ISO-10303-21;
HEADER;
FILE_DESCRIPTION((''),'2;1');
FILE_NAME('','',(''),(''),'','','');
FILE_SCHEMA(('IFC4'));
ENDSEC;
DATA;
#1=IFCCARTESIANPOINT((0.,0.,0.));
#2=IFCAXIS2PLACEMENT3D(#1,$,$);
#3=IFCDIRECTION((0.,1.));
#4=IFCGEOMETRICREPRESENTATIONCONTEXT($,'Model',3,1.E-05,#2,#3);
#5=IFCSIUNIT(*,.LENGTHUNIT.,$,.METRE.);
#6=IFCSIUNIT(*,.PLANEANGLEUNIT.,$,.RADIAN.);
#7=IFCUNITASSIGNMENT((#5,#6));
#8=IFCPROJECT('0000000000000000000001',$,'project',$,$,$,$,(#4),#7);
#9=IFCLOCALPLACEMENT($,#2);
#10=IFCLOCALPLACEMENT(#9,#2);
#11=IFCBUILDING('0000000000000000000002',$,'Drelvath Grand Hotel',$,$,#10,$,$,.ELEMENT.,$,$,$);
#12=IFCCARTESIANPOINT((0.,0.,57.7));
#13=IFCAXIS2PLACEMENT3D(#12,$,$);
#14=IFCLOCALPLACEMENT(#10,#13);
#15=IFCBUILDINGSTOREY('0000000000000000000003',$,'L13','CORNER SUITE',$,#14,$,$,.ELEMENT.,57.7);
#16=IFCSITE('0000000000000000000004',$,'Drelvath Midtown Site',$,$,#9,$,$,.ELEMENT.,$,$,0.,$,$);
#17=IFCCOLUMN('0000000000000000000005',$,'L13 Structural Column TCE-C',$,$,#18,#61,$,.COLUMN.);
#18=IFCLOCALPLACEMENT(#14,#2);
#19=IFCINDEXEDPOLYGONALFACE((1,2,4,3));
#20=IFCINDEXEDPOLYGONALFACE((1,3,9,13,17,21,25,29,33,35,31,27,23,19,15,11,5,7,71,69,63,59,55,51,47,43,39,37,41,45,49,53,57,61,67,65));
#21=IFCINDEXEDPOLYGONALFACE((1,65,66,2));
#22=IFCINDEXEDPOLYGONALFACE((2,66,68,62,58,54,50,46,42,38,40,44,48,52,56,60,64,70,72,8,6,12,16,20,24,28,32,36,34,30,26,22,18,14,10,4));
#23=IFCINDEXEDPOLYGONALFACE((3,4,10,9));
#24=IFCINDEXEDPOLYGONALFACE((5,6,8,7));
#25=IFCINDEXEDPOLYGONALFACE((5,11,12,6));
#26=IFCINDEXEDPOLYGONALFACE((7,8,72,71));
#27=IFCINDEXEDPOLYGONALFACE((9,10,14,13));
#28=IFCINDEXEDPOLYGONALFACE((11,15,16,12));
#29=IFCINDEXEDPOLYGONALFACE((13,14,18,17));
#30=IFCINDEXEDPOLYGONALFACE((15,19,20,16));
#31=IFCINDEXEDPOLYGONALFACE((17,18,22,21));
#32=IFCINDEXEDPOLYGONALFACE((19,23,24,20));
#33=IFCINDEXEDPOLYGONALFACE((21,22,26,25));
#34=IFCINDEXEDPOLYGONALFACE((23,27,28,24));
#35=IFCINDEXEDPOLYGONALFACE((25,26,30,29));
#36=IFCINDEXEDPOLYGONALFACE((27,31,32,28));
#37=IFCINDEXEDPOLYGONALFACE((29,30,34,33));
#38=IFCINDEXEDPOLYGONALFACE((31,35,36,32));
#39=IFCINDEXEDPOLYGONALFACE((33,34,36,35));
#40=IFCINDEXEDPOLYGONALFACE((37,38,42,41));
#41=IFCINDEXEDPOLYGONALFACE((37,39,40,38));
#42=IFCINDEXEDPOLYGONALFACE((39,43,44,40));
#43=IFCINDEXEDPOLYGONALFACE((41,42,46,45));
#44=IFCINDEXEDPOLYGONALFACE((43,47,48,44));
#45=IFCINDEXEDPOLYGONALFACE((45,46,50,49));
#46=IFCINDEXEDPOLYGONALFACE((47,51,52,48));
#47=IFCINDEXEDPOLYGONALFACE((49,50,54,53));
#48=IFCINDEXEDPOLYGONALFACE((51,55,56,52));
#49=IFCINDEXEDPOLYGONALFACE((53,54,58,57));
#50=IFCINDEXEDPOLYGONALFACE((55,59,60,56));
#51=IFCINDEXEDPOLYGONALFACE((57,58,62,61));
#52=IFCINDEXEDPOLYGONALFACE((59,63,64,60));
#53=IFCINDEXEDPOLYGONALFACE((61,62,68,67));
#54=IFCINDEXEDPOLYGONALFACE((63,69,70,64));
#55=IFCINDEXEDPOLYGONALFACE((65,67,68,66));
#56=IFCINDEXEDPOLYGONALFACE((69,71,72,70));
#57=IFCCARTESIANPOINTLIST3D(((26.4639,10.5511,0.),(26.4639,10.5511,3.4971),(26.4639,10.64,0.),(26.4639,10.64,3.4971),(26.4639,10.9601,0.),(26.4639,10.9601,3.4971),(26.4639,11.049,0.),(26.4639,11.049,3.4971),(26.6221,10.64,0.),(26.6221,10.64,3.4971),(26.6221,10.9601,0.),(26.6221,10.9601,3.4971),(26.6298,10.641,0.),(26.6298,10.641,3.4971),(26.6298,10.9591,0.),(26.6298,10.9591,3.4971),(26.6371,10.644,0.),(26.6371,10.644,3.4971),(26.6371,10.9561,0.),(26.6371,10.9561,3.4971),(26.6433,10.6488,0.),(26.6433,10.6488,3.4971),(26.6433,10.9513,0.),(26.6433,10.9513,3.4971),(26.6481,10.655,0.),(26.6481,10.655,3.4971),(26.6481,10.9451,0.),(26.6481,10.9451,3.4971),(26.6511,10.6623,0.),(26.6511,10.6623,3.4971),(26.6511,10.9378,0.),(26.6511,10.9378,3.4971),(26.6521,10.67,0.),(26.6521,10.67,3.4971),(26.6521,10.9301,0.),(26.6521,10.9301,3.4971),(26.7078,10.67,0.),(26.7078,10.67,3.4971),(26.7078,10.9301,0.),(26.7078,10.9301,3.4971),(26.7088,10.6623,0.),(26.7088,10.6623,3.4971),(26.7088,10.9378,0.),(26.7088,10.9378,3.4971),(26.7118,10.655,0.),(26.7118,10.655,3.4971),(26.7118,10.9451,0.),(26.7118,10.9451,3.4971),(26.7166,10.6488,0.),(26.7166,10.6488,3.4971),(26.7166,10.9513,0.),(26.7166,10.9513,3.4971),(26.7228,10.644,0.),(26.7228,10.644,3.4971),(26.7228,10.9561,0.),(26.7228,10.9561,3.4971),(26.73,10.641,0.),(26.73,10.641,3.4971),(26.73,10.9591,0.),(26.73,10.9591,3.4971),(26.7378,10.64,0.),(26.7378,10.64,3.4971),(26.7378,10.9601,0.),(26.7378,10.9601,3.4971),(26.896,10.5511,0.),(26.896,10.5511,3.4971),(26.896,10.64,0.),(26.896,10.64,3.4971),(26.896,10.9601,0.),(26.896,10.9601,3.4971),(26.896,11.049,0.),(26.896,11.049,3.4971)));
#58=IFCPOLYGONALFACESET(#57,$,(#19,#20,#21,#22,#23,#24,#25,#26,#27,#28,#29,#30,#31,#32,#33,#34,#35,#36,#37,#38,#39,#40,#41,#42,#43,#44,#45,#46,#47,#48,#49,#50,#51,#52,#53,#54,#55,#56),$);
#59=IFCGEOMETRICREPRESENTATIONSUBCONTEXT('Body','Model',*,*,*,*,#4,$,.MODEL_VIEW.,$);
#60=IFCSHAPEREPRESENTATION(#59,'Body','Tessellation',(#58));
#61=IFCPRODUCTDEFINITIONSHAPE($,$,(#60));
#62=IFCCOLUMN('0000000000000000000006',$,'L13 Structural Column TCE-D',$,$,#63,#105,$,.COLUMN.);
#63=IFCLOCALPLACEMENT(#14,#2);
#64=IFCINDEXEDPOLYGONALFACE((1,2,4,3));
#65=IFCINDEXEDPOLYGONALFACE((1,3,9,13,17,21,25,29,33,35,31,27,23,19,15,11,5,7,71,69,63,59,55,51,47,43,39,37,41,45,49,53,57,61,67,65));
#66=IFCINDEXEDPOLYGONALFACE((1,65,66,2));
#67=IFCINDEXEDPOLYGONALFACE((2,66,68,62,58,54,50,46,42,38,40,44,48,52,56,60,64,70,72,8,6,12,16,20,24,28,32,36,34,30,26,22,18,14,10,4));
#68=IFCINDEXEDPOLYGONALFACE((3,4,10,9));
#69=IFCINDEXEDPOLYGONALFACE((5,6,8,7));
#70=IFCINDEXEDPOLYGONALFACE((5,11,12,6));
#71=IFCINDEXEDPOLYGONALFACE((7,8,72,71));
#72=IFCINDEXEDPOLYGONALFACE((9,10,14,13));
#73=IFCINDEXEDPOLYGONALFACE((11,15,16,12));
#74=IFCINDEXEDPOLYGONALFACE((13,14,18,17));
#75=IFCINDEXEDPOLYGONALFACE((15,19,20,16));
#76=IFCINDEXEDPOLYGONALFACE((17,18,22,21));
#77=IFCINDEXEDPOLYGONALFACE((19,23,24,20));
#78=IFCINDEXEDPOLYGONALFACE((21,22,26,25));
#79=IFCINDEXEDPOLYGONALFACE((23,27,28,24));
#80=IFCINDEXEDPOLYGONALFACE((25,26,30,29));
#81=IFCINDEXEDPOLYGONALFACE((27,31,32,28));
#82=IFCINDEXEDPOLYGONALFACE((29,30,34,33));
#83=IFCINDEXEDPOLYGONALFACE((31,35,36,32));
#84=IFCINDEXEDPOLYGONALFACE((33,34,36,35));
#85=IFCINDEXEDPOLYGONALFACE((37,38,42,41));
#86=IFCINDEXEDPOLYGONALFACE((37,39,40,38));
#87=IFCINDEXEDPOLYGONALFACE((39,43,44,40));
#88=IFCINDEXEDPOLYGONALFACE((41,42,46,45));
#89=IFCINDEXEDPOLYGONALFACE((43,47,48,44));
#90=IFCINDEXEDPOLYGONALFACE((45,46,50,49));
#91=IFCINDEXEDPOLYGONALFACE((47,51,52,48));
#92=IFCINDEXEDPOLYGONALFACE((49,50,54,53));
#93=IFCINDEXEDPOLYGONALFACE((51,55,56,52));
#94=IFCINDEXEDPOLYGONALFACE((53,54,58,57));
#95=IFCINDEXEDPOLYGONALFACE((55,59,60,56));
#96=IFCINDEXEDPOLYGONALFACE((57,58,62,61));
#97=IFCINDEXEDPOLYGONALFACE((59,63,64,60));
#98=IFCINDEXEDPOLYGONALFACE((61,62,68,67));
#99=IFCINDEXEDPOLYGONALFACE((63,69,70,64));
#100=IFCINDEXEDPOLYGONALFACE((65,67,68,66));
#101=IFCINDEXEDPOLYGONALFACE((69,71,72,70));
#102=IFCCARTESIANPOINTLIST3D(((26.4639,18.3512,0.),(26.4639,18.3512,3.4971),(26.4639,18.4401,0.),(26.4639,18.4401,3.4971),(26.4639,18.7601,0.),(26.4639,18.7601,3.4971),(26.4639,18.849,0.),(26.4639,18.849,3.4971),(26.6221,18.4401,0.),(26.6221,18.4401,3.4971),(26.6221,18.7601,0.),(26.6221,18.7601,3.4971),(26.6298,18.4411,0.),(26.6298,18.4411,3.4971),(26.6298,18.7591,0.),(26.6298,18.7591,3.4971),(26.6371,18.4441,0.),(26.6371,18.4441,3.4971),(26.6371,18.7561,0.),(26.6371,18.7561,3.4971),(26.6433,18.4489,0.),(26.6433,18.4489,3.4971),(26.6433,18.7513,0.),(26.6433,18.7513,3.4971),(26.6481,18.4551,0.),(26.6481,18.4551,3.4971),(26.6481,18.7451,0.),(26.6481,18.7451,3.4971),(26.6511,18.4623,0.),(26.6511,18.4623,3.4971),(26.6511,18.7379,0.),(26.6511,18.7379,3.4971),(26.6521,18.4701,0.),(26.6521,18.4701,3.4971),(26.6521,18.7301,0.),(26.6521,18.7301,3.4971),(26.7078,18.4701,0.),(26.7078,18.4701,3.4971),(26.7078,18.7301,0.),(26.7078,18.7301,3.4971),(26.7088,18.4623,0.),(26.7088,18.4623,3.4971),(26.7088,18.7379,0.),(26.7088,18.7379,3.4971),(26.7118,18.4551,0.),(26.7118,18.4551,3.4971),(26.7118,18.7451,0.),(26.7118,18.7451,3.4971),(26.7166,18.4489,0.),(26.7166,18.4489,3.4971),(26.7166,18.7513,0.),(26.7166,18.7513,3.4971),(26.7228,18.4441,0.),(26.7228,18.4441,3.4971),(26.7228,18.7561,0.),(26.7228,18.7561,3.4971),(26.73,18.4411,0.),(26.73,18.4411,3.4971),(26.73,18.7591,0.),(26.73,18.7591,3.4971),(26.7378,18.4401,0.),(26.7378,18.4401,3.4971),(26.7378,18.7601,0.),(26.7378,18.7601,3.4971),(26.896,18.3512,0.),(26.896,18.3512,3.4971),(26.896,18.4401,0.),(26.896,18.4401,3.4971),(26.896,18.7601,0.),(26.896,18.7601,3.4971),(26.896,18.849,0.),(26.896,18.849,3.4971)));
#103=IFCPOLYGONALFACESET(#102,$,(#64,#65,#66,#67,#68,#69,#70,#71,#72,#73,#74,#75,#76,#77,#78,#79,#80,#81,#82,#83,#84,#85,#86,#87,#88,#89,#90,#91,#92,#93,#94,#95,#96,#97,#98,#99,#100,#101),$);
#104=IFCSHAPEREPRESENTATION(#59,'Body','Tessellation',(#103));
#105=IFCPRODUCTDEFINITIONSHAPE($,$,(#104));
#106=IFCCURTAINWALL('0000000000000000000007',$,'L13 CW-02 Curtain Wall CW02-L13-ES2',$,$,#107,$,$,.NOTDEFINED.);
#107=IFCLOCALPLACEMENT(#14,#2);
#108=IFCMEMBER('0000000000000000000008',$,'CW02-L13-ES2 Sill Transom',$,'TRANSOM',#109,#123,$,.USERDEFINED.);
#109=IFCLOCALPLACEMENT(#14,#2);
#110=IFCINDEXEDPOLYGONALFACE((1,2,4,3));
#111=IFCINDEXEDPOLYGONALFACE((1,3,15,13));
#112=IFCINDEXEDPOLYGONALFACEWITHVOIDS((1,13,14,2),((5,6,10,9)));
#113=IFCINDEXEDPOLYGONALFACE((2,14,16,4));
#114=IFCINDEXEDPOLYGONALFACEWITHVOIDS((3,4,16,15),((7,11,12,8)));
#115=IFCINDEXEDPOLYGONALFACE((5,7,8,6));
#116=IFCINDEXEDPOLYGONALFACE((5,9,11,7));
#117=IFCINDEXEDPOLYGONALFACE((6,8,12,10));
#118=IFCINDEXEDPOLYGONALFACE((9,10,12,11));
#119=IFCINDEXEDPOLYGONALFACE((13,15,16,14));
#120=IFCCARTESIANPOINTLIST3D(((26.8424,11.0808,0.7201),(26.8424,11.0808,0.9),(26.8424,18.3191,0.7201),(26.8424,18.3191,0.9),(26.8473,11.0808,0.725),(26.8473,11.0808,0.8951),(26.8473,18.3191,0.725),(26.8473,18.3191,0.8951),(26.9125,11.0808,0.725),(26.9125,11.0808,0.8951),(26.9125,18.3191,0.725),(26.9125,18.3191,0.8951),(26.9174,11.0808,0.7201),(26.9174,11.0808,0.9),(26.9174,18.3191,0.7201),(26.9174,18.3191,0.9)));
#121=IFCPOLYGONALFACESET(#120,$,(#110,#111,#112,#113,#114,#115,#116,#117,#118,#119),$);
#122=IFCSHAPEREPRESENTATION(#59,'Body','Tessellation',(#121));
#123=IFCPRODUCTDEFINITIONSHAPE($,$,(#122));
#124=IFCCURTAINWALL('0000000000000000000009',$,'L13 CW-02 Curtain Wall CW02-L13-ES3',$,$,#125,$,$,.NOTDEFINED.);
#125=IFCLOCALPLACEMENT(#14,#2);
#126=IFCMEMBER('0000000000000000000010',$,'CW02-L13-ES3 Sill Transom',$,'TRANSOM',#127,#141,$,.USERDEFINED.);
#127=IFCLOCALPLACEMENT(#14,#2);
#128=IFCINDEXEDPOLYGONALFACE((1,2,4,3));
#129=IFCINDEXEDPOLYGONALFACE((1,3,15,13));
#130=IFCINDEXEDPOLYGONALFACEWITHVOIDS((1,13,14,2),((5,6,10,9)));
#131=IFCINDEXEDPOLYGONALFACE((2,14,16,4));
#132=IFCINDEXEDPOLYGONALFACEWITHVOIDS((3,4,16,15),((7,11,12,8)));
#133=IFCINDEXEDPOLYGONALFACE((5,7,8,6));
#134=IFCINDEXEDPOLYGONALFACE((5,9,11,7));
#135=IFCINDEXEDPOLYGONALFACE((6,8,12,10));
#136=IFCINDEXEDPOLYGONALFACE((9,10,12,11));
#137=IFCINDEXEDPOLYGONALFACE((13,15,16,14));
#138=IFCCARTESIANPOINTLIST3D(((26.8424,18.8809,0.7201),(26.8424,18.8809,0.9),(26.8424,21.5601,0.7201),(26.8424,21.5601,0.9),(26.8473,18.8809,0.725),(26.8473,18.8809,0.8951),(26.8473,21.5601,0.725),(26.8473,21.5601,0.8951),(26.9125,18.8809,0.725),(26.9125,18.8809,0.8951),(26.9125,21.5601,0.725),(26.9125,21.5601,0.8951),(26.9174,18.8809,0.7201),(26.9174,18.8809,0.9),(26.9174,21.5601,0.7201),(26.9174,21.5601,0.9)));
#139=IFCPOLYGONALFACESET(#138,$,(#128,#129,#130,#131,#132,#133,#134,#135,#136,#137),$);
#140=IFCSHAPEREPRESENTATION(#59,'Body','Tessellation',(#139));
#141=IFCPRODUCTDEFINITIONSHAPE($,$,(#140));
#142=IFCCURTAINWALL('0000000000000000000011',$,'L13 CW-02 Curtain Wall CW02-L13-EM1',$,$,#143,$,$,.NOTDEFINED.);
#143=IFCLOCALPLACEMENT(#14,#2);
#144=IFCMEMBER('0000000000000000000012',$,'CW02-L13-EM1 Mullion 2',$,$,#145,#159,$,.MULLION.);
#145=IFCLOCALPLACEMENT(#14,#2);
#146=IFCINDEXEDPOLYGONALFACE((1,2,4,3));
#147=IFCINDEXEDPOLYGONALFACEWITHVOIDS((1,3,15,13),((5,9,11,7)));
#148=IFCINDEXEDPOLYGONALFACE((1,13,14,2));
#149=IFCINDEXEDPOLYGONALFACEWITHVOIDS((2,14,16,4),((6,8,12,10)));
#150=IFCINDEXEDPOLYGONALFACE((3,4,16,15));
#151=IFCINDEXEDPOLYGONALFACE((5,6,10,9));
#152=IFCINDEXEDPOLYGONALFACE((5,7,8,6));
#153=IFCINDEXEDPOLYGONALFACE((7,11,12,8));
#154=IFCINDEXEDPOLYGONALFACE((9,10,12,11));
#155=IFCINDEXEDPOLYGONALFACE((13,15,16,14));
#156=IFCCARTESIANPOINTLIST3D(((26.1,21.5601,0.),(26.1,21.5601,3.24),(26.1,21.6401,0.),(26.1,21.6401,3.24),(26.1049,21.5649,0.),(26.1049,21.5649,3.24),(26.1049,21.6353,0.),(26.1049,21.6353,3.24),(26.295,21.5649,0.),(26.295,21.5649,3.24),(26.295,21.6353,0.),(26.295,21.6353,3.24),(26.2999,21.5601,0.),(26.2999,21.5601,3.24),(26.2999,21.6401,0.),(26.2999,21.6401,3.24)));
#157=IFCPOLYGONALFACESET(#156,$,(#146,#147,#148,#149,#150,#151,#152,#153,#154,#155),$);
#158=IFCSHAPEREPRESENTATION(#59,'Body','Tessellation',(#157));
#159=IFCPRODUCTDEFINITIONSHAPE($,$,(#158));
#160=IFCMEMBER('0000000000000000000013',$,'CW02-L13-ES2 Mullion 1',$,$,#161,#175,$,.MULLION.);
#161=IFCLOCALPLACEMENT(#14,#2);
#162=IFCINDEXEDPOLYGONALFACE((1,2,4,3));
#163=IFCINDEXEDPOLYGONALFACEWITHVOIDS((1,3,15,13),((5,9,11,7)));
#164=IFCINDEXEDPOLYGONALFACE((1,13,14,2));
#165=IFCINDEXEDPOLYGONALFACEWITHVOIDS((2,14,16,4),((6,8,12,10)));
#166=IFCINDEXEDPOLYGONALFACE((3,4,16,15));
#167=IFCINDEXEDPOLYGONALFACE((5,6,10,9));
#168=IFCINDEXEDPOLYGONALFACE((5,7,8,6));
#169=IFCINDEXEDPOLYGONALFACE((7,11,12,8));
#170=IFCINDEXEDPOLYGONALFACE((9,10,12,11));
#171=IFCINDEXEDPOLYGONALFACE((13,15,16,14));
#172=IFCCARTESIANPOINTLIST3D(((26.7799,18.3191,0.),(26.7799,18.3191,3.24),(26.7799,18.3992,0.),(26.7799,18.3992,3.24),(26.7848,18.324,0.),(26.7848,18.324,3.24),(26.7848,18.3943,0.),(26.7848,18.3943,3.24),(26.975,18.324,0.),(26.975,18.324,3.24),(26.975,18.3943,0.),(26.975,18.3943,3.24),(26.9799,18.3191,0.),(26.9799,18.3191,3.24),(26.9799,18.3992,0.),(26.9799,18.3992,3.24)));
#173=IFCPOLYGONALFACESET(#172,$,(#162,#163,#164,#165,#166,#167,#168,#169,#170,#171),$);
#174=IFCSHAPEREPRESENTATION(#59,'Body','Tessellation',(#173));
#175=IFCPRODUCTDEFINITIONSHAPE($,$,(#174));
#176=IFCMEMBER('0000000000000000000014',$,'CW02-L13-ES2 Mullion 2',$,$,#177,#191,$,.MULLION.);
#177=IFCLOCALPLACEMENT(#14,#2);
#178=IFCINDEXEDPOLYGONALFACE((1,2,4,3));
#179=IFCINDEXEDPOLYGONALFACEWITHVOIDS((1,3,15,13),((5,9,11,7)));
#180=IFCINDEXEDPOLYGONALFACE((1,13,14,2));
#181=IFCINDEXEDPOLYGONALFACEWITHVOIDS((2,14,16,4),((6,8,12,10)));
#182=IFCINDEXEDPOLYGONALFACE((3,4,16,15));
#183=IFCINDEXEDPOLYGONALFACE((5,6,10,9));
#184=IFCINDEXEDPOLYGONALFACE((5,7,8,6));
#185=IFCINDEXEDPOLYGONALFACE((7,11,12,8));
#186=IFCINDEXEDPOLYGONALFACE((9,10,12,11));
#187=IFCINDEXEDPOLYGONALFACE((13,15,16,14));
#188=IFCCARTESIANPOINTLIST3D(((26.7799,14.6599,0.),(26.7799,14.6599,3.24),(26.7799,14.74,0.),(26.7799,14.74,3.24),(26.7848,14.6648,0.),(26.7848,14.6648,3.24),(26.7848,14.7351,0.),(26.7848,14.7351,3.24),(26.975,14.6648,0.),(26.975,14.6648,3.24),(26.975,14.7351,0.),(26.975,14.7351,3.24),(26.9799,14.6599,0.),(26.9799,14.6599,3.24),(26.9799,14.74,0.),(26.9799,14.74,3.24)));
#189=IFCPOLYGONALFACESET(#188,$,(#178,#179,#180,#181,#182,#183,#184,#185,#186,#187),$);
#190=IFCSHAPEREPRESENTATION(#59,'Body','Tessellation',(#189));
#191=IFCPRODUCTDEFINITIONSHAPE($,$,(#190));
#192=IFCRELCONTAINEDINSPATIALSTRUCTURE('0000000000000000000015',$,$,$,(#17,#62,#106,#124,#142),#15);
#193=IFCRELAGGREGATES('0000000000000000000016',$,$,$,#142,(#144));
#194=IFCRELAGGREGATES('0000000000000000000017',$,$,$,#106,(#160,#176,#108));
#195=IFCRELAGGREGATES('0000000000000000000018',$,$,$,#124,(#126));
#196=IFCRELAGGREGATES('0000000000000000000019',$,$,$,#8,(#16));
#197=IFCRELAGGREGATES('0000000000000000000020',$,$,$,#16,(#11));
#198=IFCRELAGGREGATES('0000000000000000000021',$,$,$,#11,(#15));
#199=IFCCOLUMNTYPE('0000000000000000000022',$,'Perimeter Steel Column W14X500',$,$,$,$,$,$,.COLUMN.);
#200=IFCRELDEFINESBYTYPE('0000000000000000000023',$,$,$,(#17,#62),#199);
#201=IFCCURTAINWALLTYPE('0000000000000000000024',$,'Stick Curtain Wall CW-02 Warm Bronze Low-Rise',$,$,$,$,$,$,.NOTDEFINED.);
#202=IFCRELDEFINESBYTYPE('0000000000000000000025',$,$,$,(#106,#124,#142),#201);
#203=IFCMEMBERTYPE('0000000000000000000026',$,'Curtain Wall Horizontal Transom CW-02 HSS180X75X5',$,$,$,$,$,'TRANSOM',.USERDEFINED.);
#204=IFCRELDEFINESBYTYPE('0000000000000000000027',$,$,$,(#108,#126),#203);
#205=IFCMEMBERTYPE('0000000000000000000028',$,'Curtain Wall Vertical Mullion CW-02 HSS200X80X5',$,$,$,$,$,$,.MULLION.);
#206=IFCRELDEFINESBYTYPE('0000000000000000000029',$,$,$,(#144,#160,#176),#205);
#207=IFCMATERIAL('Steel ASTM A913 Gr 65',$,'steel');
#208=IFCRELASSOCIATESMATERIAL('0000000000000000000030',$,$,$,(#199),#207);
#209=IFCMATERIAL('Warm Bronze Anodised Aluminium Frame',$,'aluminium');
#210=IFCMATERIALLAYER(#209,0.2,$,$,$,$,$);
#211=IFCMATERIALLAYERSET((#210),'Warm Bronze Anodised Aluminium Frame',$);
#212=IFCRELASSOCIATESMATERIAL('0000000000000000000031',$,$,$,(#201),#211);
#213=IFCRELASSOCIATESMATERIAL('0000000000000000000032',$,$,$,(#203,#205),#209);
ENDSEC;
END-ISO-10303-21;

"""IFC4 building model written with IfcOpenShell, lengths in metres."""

from ifc_helpers import new_model, si_unit, direction, frame, origin, origin_2d, place, context, subcontext, project, spatial, hollow_rectangle, i_section, extrude, material, layer, layer_set, material_profile, profile_set, type_object, element, aggregate, save


model = new_model("IFC4")

# Units and contexts
model_context = context("Model", 3, precision=1e-05, world=origin(), true_north=direction((0.0, 1.0)))
body_context = subcontext(model_context, "Body", "Model", "MODEL_VIEW")
ifc_project = project(units=[si_unit("LENGTHUNIT", "METRE"), si_unit("PLANEANGLEUNIT", "RADIAN")], contexts=[model_context])

# Site, building, storey
site_placement = place(None, origin())
site = spatial("IfcSite", under=ifc_project, at=site_placement, Name="Drelvath Midtown Site", CompositionType="ELEMENT", RefElevation=0.0)
building_placement = place(site_placement, origin())
building = spatial("IfcBuilding", under=site, at=building_placement, Name="Drelvath Grand Hotel", CompositionType="ELEMENT")
storey_placement = place(building_placement, frame((0.0, 0.0, 57.7)))
storey = spatial("IfcBuildingStorey", under=building, at=storey_placement, Name="L13", Description="CORNER SUITE", CompositionType="ELEMENT", Elevation=57.7)

# Columns
ifc_material_1 = material(Name="Steel ASTM A913 Gr 65", Category="steel")
ifc_material_profile_1 = material_profile(ifc_material_1, i_section(OverallWidth=0.4321, OverallDepth=0.4978, WebThickness=0.0557, FlangeThickness=0.0889, FilletRadius=0.03, at=origin_2d()), Name="W14X500")
ifc_profile_set_1 = profile_set([ifc_material_profile_1], Name="Steel ASTM A913 Gr 65")
column_type = type_object("IfcColumnType", Name="Perimeter Steel Column W14X500", PredefinedType="COLUMN", material=ifc_profile_set_1)
for number, where, z_axis, x_axis, name in (
    (1, (26.6799, 10.8, 0.0), (0.0, 0.0, 1.0), (1.0, 0.0, 0.0), "L13 Structural Column TCE-C"),
    (2, (26.6799, 18.6001, 0.0), (0.0, 0.0, 1.0), (1.0, 0.0, 0.0), "L13 Structural Column TCE-D"),
):
    element("IfcColumn", number, at=place(storey_placement, frame(where, z_axis=z_axis, x_axis=x_axis)), inside=storey, type_object=column_type, Name=name, PredefinedType="COLUMN", context=body_context, shape_type="SweptSolid", body=[
        extrude(i_section(OverallWidth=0.4321, OverallDepth=0.4978, WebThickness=0.0557, FlangeThickness=0.0889, FilletRadius=0.03, at=origin_2d()), origin(), (0.0, 0.0, 1.0), 3.4971),
    ])

# Curtain walls, members
ifc_material_2 = material(Name="Warm Bronze Anodised Aluminium Frame", Category="aluminium")
ifc_layer_1 = layer(ifc_material_2, 0.2)
ifc_layer_set_1 = layer_set([ifc_layer_1], Name="Warm Bronze Anodised Aluminium Frame")
curtain_wall_type = type_object("IfcCurtainWallType", Name="Stick Curtain Wall CW-02 Warm Bronze Low-Rise", PredefinedType="NOTDEFINED", material=ifc_layer_set_1)
curtain_wall_1_placement = place(storey_placement, origin())
curtain_wall_1 = element("IfcCurtainWall", 3, at=curtain_wall_1_placement, inside=storey, type_object=curtain_wall_type, Name="L13 CW-02 Curtain Wall CW02-L13-ES2", PredefinedType="NOTDEFINED")
ifc_material_profile_2 = material_profile(ifc_material_2, hollow_rectangle(XDim=0.075, YDim=0.1799, WallThickness=0.0049, at=origin_2d()), Name="HSS180X75X5")
ifc_profile_set_2 = profile_set([ifc_material_profile_2], Name="Warm Bronze Anodised Aluminium Frame")
member_type_1 = type_object("IfcMemberType", Name="Curtain Wall Horizontal Transom CW-02 HSS180X75X5", ElementType="TRANSOM", PredefinedType="USERDEFINED", material=ifc_profile_set_2)
member_1_placement = place(storey_placement, frame((26.8799, 18.3191, 0.8101), z_axis=(0.0, -1.0, 0.0), x_axis=(1.0, 0.0, 0.0)))
member_1 = element("IfcMember", 4, at=member_1_placement, type_object=member_type_1, Name="CW02-L13-ES2 Sill Transom", ObjectType="TRANSOM", PredefinedType="USERDEFINED", context=body_context, shape_type="SweptSolid", body=[
    extrude(hollow_rectangle(XDim=0.075, YDim=0.1799, WallThickness=0.0049, at=origin_2d()), origin(), (0.0, 0.0, 1.0), 7.2383),
])
curtain_wall_2_placement = place(storey_placement, origin())
curtain_wall_2 = element("IfcCurtainWall", 5, at=curtain_wall_2_placement, inside=storey, type_object=curtain_wall_type, Name="L13 CW-02 Curtain Wall CW02-L13-ES3", PredefinedType="NOTDEFINED")
member_2_placement = place(storey_placement, frame((26.8799, 21.5601, 0.8101), z_axis=(0.0, -1.0, 0.0), x_axis=(1.0, 0.0, 0.0)))
member_2 = element("IfcMember", 6, at=member_2_placement, type_object=member_type_1, Name="CW02-L13-ES3 Sill Transom", ObjectType="TRANSOM", PredefinedType="USERDEFINED", context=body_context, shape_type="SweptSolid", body=[
    extrude(hollow_rectangle(XDim=0.075, YDim=0.1799, WallThickness=0.0049, at=origin_2d()), origin(), (0.0, 0.0, 1.0), 2.6792),
])
curtain_wall_3_placement = place(storey_placement, origin())
curtain_wall_3 = element("IfcCurtainWall", 7, at=curtain_wall_3_placement, inside=storey, type_object=curtain_wall_type, Name="L13 CW-02 Curtain Wall CW02-L13-EM1", PredefinedType="NOTDEFINED")
ifc_material_profile_3 = material_profile(ifc_material_2, hollow_rectangle(XDim=0.0801, YDim=0.2, WallThickness=0.0049, at=origin_2d()), Name="HSS200X80X5")
ifc_profile_set_3 = profile_set([ifc_material_profile_3], Name="Warm Bronze Anodised Aluminium Frame")
member_type_2 = type_object("IfcMemberType", Name="Curtain Wall Vertical Mullion CW-02 HSS200X80X5", PredefinedType="MULLION", material=ifc_profile_set_3)
member_3_placement = place(storey_placement, frame((26.2, 21.6001, 0.0), z_axis=(0.0, 0.0, 1.0), x_axis=(0.0, 1.0, 0.0)))
member_3 = element("IfcMember", 8, at=member_3_placement, type_object=member_type_2, Name="CW02-L13-EM1 Mullion 2", PredefinedType="MULLION", context=body_context, shape_type="SweptSolid", body=[
    extrude(hollow_rectangle(XDim=0.0801, YDim=0.2, WallThickness=0.0049, at=origin_2d()), origin(), (0.0, 0.0, 1.0), 3.24),
])

# Members
member_4_placement = place(storey_placement, frame((26.8799, 18.3591, 0.0), z_axis=(0.0, 0.0, 1.0), x_axis=(0.0, 1.0, 0.0)))
member_4 = element("IfcMember", 9, at=member_4_placement, type_object=member_type_2, Name="CW02-L13-ES2 Mullion 1", PredefinedType="MULLION", context=body_context, shape_type="SweptSolid", body=[
    extrude(hollow_rectangle(XDim=0.0801, YDim=0.2, WallThickness=0.0049, at=origin_2d()), origin(), (0.0, 0.0, 1.0), 3.24),
])
member_5_placement = place(storey_placement, frame((26.8799, 14.7, 0.0), z_axis=(0.0, 0.0, 1.0), x_axis=(0.0, 1.0, 0.0)))
member_5 = element("IfcMember", 10, at=member_5_placement, type_object=member_type_2, Name="CW02-L13-ES2 Mullion 2", PredefinedType="MULLION", context=body_context, shape_type="SweptSolid", body=[
    extrude(hollow_rectangle(XDim=0.0801, YDim=0.2, WallThickness=0.0049, at=origin_2d()), origin(), (0.0, 0.0, 1.0), 3.24),
])

aggregate(curtain_wall_3, [member_3])
aggregate(curtain_wall_1, [member_4, member_5, member_1])
aggregate(curtain_wall_2, [member_2])

save(model, "model.ifc")
